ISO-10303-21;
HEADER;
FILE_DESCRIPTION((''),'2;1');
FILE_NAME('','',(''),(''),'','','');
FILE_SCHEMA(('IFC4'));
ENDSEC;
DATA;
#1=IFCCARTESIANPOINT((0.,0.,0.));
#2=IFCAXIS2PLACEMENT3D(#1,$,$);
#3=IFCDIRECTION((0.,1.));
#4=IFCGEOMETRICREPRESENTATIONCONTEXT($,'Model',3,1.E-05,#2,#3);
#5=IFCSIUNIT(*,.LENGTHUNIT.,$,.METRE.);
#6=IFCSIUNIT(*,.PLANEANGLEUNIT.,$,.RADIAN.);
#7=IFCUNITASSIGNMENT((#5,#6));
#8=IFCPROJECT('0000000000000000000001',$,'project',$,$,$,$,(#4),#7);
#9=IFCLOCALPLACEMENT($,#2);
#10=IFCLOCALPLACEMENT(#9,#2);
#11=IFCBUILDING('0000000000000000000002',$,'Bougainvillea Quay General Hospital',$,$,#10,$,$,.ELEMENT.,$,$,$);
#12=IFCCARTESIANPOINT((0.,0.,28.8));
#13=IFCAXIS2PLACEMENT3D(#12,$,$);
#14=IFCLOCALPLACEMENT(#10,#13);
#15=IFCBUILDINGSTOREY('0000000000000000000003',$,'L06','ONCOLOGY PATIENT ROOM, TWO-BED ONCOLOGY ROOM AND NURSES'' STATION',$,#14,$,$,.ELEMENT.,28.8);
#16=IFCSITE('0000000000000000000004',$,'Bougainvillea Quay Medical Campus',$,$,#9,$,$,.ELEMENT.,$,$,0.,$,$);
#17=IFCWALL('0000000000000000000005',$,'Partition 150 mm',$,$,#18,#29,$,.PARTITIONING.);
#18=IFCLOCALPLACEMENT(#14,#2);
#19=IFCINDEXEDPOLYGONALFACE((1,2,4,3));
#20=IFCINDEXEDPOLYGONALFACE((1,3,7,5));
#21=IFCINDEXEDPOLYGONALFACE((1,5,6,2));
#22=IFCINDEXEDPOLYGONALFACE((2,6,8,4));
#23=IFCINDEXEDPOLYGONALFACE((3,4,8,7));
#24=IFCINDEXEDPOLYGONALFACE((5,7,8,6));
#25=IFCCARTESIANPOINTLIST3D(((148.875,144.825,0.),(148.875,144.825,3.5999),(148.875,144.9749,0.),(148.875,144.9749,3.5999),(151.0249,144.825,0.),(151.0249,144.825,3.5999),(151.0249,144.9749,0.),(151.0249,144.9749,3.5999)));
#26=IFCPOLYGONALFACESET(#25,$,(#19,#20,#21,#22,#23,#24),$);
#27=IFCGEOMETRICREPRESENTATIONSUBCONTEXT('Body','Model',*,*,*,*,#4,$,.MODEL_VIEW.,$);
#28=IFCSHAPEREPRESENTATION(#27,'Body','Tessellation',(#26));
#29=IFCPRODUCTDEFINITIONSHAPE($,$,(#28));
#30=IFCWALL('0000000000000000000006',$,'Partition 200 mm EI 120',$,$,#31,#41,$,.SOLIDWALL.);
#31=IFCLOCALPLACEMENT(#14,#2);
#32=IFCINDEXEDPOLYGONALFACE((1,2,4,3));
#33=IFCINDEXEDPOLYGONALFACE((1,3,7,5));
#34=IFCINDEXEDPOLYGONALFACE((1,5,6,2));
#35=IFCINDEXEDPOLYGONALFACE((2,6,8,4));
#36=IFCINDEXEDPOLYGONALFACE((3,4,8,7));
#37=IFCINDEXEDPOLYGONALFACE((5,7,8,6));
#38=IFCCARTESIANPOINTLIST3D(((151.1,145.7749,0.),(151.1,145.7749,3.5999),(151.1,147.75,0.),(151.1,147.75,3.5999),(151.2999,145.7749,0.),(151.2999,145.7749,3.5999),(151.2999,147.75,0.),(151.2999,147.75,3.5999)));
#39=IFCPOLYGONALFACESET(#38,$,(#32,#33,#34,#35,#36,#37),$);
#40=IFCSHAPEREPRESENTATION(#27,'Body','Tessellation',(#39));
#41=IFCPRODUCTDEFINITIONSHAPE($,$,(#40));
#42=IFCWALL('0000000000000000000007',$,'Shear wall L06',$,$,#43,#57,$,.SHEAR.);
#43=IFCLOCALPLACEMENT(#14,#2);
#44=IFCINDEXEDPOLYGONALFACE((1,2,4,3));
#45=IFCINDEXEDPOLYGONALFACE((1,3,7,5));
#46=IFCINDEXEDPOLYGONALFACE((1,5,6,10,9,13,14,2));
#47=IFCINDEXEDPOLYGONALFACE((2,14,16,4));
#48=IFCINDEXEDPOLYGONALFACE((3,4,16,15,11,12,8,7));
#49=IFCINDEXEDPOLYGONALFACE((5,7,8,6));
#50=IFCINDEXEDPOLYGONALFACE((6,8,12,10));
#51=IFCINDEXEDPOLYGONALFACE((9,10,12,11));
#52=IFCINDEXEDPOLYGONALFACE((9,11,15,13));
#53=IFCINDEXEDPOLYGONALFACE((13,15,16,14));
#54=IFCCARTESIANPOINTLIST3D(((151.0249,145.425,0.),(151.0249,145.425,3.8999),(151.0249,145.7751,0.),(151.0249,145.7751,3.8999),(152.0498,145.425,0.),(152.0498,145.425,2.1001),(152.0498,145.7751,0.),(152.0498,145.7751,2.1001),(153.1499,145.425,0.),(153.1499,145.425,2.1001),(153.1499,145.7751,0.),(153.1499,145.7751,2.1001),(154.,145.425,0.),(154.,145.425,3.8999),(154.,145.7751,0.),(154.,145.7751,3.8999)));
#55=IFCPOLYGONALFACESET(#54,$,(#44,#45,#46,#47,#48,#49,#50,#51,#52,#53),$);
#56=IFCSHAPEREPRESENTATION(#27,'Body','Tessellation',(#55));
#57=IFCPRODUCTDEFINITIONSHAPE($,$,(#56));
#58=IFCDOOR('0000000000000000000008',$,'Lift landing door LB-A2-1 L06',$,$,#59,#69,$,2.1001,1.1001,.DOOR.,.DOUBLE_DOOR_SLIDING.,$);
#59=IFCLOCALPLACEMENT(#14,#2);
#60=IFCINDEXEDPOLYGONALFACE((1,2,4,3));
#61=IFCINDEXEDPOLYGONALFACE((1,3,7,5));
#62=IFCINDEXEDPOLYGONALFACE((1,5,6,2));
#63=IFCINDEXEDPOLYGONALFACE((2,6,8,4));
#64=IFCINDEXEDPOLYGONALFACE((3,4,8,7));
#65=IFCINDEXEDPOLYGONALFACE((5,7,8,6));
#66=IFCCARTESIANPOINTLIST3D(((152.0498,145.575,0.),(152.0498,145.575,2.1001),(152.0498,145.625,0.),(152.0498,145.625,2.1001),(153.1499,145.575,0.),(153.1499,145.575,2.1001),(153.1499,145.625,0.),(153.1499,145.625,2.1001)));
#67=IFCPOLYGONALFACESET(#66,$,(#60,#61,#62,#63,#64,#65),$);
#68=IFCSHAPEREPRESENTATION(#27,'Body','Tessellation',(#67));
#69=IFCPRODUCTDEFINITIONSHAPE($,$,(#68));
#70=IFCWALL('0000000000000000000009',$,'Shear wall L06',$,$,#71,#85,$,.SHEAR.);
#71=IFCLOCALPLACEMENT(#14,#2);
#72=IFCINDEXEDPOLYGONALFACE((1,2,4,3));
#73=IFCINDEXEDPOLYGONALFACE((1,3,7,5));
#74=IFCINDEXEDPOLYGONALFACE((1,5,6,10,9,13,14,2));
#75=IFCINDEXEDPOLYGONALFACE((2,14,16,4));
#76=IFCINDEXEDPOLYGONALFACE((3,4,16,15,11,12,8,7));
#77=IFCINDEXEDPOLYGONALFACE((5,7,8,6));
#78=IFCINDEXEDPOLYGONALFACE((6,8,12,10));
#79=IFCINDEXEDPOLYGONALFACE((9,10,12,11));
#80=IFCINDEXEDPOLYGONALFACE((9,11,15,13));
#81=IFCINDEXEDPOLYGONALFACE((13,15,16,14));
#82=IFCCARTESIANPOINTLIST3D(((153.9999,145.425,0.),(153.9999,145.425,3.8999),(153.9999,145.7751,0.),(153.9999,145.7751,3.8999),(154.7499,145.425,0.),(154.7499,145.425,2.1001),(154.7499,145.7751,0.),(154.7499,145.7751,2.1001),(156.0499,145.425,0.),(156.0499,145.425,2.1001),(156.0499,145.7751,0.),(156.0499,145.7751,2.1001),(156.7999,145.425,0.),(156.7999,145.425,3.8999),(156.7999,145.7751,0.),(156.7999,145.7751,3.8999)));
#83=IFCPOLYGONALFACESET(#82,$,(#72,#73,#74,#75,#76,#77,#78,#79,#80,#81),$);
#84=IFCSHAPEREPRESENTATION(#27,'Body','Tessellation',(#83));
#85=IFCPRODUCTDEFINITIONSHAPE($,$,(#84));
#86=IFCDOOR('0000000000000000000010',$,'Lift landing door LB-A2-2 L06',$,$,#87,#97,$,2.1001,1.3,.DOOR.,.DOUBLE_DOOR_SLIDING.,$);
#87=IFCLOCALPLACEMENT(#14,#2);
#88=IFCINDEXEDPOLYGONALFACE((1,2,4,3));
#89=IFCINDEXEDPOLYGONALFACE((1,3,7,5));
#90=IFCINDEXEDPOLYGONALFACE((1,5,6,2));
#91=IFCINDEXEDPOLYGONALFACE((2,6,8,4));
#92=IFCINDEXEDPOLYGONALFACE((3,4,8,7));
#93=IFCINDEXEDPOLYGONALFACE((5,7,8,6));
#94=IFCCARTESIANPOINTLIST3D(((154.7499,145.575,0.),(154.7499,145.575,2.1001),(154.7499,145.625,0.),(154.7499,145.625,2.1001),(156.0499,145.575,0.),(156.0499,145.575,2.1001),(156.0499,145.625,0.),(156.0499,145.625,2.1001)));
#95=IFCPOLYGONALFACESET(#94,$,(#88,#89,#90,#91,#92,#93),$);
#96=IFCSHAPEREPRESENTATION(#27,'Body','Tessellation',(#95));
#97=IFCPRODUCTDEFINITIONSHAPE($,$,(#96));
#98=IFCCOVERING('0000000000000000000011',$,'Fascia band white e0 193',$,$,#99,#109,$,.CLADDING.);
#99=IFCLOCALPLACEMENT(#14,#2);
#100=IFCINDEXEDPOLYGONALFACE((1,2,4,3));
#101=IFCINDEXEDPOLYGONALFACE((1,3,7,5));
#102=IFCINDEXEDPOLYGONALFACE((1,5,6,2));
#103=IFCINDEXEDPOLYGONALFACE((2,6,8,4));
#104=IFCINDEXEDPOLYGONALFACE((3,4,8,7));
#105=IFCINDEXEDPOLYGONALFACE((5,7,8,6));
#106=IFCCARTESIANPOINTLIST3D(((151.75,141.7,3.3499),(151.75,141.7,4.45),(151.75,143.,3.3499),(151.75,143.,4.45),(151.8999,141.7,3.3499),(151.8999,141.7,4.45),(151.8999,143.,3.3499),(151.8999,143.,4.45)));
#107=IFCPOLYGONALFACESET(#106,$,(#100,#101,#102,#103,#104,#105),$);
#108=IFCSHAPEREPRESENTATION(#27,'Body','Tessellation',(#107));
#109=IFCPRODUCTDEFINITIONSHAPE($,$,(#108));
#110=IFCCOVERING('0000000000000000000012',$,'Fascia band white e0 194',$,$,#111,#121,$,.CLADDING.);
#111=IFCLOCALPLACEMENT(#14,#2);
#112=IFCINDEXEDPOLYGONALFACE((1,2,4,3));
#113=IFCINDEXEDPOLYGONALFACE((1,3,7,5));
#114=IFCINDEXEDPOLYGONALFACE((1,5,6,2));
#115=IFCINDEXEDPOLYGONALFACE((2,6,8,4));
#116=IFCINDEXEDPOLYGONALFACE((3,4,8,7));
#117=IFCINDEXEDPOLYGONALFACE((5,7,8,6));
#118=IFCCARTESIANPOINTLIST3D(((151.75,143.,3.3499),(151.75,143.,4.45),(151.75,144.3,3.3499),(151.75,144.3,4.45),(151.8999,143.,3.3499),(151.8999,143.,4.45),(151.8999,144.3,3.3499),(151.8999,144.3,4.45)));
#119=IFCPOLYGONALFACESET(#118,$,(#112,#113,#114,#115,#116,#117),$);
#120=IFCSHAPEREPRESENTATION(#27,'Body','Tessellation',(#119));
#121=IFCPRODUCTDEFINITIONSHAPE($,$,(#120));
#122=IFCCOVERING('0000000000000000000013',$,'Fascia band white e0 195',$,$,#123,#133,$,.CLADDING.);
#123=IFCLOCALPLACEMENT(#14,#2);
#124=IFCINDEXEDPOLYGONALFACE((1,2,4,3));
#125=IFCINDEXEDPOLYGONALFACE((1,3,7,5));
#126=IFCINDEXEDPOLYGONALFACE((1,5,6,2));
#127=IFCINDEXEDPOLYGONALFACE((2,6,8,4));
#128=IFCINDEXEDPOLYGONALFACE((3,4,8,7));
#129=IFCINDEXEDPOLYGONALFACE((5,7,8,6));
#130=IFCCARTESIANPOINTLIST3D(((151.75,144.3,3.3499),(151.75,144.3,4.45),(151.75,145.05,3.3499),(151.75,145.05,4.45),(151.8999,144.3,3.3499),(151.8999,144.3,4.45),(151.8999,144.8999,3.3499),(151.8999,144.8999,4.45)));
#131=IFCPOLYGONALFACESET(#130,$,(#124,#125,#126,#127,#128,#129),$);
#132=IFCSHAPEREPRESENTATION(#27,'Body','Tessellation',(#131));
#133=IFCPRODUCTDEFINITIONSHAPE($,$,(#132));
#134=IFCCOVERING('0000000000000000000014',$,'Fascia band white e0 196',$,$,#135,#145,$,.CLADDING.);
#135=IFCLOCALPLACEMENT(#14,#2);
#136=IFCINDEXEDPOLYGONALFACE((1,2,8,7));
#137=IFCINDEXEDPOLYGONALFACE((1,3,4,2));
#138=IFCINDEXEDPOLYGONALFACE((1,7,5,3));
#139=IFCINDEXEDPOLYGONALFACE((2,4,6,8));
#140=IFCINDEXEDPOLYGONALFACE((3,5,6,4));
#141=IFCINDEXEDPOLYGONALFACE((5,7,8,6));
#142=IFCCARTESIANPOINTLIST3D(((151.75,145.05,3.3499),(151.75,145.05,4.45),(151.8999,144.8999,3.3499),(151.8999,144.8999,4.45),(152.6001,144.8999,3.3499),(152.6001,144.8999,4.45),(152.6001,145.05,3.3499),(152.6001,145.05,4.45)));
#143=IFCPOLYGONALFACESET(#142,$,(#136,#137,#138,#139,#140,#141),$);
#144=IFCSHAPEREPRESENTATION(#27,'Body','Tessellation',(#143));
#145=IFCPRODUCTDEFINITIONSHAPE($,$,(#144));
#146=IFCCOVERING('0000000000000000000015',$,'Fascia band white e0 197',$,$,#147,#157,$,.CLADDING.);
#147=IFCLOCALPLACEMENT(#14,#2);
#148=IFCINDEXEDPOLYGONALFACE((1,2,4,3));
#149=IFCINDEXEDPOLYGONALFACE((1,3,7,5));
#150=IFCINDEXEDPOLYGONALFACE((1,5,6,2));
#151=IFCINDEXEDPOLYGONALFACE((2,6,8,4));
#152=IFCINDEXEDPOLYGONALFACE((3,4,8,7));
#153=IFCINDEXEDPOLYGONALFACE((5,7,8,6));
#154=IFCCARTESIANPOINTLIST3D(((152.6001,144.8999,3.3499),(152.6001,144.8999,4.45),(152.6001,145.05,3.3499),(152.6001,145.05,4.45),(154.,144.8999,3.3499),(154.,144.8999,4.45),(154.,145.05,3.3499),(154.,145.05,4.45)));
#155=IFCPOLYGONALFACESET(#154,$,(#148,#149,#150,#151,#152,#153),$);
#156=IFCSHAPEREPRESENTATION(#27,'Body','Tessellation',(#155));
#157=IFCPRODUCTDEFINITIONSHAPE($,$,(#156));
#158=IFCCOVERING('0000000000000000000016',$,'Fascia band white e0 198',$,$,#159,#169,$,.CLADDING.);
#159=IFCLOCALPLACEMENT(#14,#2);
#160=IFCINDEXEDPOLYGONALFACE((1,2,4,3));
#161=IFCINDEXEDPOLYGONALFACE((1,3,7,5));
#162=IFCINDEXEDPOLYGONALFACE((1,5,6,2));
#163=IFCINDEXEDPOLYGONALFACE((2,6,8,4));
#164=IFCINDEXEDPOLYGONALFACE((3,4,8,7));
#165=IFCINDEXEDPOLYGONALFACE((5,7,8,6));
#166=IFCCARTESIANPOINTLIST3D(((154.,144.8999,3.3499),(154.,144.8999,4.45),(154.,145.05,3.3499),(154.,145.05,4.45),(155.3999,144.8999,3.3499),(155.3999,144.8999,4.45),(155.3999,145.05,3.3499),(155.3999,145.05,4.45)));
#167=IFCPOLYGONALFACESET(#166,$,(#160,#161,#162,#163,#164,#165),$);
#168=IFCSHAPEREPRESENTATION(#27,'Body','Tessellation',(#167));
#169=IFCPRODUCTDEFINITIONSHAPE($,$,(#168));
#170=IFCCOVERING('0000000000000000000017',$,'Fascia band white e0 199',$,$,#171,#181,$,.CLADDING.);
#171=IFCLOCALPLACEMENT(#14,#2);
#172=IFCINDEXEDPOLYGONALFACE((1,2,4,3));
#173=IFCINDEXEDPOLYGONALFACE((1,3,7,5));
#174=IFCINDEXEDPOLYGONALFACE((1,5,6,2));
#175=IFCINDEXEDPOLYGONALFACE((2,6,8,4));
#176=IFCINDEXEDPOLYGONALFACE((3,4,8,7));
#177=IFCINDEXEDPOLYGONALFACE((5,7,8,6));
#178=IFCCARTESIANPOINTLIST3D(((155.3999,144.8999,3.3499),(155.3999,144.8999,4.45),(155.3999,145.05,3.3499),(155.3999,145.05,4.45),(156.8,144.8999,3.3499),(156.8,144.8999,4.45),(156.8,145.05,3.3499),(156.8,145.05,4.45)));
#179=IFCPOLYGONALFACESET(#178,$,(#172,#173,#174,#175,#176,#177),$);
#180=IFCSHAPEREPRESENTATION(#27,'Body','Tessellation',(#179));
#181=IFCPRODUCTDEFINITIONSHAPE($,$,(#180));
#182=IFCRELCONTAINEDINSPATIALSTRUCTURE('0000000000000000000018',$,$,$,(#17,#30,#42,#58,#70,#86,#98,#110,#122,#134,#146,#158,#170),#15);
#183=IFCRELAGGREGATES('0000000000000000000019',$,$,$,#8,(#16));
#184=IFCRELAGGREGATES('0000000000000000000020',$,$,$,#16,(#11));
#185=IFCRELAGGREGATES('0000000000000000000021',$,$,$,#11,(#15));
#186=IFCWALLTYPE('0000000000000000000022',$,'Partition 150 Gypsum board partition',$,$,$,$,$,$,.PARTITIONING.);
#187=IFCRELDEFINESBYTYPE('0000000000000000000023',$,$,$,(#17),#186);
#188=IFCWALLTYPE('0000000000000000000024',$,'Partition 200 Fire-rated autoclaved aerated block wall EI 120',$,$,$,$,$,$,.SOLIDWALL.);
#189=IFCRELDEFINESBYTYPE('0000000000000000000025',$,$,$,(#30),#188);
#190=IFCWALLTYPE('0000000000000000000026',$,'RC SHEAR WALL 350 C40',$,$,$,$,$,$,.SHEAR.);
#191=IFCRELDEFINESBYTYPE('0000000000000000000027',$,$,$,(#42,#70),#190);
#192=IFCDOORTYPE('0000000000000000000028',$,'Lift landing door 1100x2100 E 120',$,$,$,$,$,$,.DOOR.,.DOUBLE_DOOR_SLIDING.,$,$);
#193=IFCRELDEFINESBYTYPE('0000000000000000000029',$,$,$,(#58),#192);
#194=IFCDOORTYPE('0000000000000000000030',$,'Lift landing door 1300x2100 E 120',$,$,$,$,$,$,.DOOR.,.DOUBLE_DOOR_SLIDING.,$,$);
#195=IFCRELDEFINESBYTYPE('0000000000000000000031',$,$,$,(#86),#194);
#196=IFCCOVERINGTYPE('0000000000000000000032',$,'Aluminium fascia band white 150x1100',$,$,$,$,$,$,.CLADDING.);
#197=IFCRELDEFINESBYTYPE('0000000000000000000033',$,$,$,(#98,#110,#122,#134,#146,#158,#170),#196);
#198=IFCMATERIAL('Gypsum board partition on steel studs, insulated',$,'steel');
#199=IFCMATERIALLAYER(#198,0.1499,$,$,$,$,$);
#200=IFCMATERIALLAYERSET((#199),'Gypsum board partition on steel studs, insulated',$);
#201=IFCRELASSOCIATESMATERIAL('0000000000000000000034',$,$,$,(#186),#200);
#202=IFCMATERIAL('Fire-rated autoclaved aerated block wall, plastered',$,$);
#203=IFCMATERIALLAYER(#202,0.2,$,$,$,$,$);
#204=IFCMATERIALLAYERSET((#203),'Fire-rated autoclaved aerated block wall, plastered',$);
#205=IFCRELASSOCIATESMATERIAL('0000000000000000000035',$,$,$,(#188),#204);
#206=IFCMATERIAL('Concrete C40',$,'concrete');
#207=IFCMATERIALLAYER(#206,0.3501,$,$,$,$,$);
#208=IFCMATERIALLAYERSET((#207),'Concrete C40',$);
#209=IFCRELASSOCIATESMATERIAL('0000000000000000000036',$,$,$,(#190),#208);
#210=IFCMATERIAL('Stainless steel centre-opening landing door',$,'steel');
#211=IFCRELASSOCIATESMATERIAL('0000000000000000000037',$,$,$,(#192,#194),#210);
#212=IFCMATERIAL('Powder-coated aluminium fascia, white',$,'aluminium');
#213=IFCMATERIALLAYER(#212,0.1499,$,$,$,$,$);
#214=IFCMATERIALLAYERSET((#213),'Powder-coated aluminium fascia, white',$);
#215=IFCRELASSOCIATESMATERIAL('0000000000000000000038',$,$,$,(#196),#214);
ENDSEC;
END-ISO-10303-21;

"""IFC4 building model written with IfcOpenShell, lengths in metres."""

from ifc_helpers import new_model, si_unit, direction, frame, frame_2d, origin, place, context, subcontext, project, spatial, polyline, rectangle, outline, extrude, material, layer, layer_set, type_object, element, fill, save


model = new_model("IFC4")

# Units and contexts
model_context = context("Model", 3, precision=1e-05, world=origin(), true_north=direction((0.0, 1.0)))
body_context = subcontext(model_context, "Body", "Model", "MODEL_VIEW")
ifc_project = project(units=[si_unit("LENGTHUNIT", "METRE"), si_unit("PLANEANGLEUNIT", "RADIAN")], contexts=[model_context])

# Site, building, storey
site_placement = place(None, origin())
site = spatial("IfcSite", under=ifc_project, at=site_placement, Name="Bougainvillea Quay Medical Campus", CompositionType="ELEMENT", RefElevation=0.0)
building_placement = place(site_placement, origin())
building = spatial("IfcBuilding", under=site, at=building_placement, Name="Bougainvillea Quay General Hospital", CompositionType="ELEMENT")
storey_placement = place(building_placement, frame((0.0, 0.0, 28.8)))
storey = spatial("IfcBuildingStorey", under=building, at=storey_placement, Name="L06", Description="ONCOLOGY PATIENT ROOM, TWO-BED ONCOLOGY ROOM AND NURSES' STATION", CompositionType="ELEMENT", Elevation=28.8)

# Walls
ifc_material_1 = material(Name="Gypsum board partition on steel studs, insulated", Category="steel")
ifc_layer_1 = layer(ifc_material_1, 0.1499)
ifc_layer_set_1 = layer_set([ifc_layer_1], Name="Gypsum board partition on steel studs, insulated")
wall_type_1 = type_object("IfcWallType", Name="Partition 150 Gypsum board partition", PredefinedType="PARTITIONING", material=ifc_layer_set_1)
wall_1_placement = place(storey_placement, frame((148.875, 144.8999, 0.0), z_axis=(0.0, 0.0, 1.0), x_axis=(1.0, 0.0, 0.0)))
element("IfcWall", 1, at=wall_1_placement, inside=storey, type_object=wall_type_1, Name="Partition 150 mm", PredefinedType="PARTITIONING", context=body_context, shape_type="SweptSolid", body=[
    extrude(rectangle(XDim=2.1499, YDim=0.1499, at=frame_2d((1.075, 0.0))), origin(), (0.0, 0.0, 1.0), 3.5999),
])
ifc_material_2 = material(Name="Fire-rated autoclaved aerated block wall, plastered")
ifc_layer_2 = layer(ifc_material_2, 0.2)
ifc_layer_set_2 = layer_set([ifc_layer_2], Name="Fire-rated autoclaved aerated block wall, plastered")
wall_type_2 = type_object("IfcWallType", Name="Partition 200 Fire-rated autoclaved aerated block wall EI 120", PredefinedType="SOLIDWALL", material=ifc_layer_set_2)
wall_2_placement = place(storey_placement, frame((151.2, 145.7749, 0.0), z_axis=(0.0, 0.0, 1.0), x_axis=(0.0, 1.0, 0.0)))
element("IfcWall", 2, at=wall_2_placement, inside=storey, type_object=wall_type_2, Name="Partition 200 mm EI 120", PredefinedType="SOLIDWALL", context=body_context, shape_type="SweptSolid", body=[
    extrude(rectangle(XDim=1.9751, YDim=0.2, at=frame_2d((0.9875, 0.0))), origin(), (0.0, 0.0, 1.0), 3.5999),
])

# Walls, openings, doors
ifc_material_3 = material(Name="Concrete C40", Category="concrete")
ifc_layer_3 = layer(ifc_material_3, 0.3501)
ifc_layer_set_3 = layer_set([ifc_layer_3], Name="Concrete C40")
wall_type_3 = type_object("IfcWallType", Name="RC SHEAR WALL 350 C40", PredefinedType="SHEAR", material=ifc_layer_set_3)
wall_3_placement = place(storey_placement, frame((151.0249, 145.6001, 0.0), z_axis=(0.0, 0.0, 1.0), x_axis=(1.0, 0.0, 0.0)))
wall_3 = element("IfcWall", 3, at=wall_3_placement, inside=storey, type_object=wall_type_3, Name="Shear wall L06", PredefinedType="SHEAR", context=body_context, shape_type="SweptSolid", body=[
    extrude(rectangle(XDim=2.9751, YDim=0.3501, at=frame_2d((1.4875, 0.0))), origin(), (0.0, 0.0, 1.0), 3.8999),
])
opening_1_placement = place(wall_3_placement, frame((1.0249, 0.0, 0.0)))
opening_1 = element("IfcOpeningElement", 4, at=opening_1_placement, cuts=wall_3, PredefinedType="OPENING", context=body_context, shape_type="SweptSolid", body=[
    extrude(rectangle(XDim=1.1001, YDim=2.1001, at=frame_2d((0.55, 1.05))), frame((0.0, 0.1851, 0.0), z_axis=(0.0, -1.0, 0.0), x_axis=(1.0, 0.0, 0.0)), (0.0, 0.0, 1.0), 0.3701),
])
ifc_material_4 = material(Name="Stainless steel centre-opening landing door", Category="steel")
door_type_1 = type_object("IfcDoorType", Name="Lift landing door 1100x2100 E 120", OperationType="DOUBLE_DOOR_SLIDING", PredefinedType="DOOR", material=ifc_material_4)
door_1_placement = place(opening_1_placement, origin())
door_1 = element("IfcDoor", 5, at=door_1_placement, inside=storey, type_object=door_type_1, Name="Lift landing door LB-A2-1 L06", OperationType="DOUBLE_DOOR_SLIDING", OverallHeight=2.1001, OverallWidth=1.1001, PredefinedType="DOOR", context=body_context, shape_type="SweptSolid", body=[
    extrude(rectangle(XDim=1.1001, YDim=2.1001, at=frame_2d((0.55, 1.05))), frame((0.0, 0.0249, 0.0), z_axis=(0.0, -1.0, 0.0), x_axis=(1.0, 0.0, 0.0)), (0.0, 0.0, 1.0), 0.05),
])
fill(opening_1, door_1)
wall_4_placement = place(storey_placement, frame((154.0, 145.6001, 0.0), z_axis=(0.0, 0.0, 1.0), x_axis=(1.0, 0.0, 0.0)))
wall_4 = element("IfcWall", 6, at=wall_4_placement, inside=storey, type_object=wall_type_3, Name="Shear wall L06", PredefinedType="SHEAR", context=body_context, shape_type="SweptSolid", body=[
    extrude(rectangle(XDim=2.8, YDim=0.3501, at=frame_2d((1.3999, 0.0))), origin(), (0.0, 0.0, 1.0), 3.8999),
])
opening_2_placement = place(wall_4_placement, frame((0.75, 0.0, 0.0)))
opening_2 = element("IfcOpeningElement", 7, at=opening_2_placement, cuts=wall_4, PredefinedType="OPENING", context=body_context, shape_type="SweptSolid", body=[
    extrude(rectangle(XDim=1.3, YDim=2.1001, at=frame_2d((0.6499, 1.05))), frame((0.0, 0.1851, 0.0), z_axis=(0.0, -1.0, 0.0), x_axis=(1.0, 0.0, 0.0)), (0.0, 0.0, 1.0), 0.3701),
])
door_type_2 = type_object("IfcDoorType", Name="Lift landing door 1300x2100 E 120", OperationType="DOUBLE_DOOR_SLIDING", PredefinedType="DOOR", material=ifc_material_4)
door_2_placement = place(opening_2_placement, origin())
door_2 = element("IfcDoor", 8, at=door_2_placement, inside=storey, type_object=door_type_2, Name="Lift landing door LB-A2-2 L06", OperationType="DOUBLE_DOOR_SLIDING", OverallHeight=2.1001, OverallWidth=1.3, PredefinedType="DOOR", context=body_context, shape_type="SweptSolid", body=[
    extrude(rectangle(XDim=1.3, YDim=2.1001, at=frame_2d((0.6499, 1.05))), frame((0.0, 0.0249, 0.0), z_axis=(0.0, -1.0, 0.0), x_axis=(1.0, 0.0, 0.0)), (0.0, 0.0, 1.0), 0.05),
])
fill(opening_2, door_2)

# Coverings
ifc_material_5 = material(Name="Powder-coated aluminium fascia, white", Category="aluminium")
ifc_layer_4 = layer(ifc_material_5, 0.1499)
ifc_layer_set_4 = layer_set([ifc_layer_4], Name="Powder-coated aluminium fascia, white")
covering_type = type_object("IfcCoveringType", Name="Aluminium fascia band white 150x1100", PredefinedType="CLADDING", material=ifc_layer_set_4)
for number, where, z_axis, x_axis, name in (
    (9, (151.75, 141.7, 3.3499), (0.0, 0.0, 1.0), (0.0, 1.0, 0.0), "Fascia band white e0 193"),
    (10, (151.75, 143.0, 3.3499), (0.0, 0.0, 1.0), (0.0, 1.0, 0.0), "Fascia band white e0 194"),
):
    element("IfcCovering", number, at=place(storey_placement, frame(where, z_axis=z_axis, x_axis=x_axis)), inside=storey, type_object=covering_type, Name=name, PredefinedType="CLADDING", context=body_context, shape_type="SweptSolid", body=[
        extrude(outline(polyline([(0.0, 0.0), (1.3, 0.0), (1.3, -0.1499), (0.0, -0.1499), (0.0, 0.0)])), origin(), (0.0, 0.0, 1.0), 1.1001),
    ])
covering_1_placement = place(storey_placement, frame((151.75, 144.3, 3.3499), z_axis=(0.0, 0.0, 1.0), x_axis=(0.0, 1.0, 0.0)))
element("IfcCovering", 11, at=covering_1_placement, inside=storey, type_object=covering_type, Name="Fascia band white e0 195", PredefinedType="CLADDING", context=body_context, shape_type="SweptSolid", body=[
    extrude(outline(polyline([(0.0, 0.0), (0.75, 0.0), (0.5999, -0.1499), (0.0, -0.1499), (0.0, 0.0)])), origin(), (0.0, 0.0, 1.0), 1.1001),
])
covering_2_placement = place(storey_placement, frame((151.75, 145.05, 3.3499), z_axis=(0.0, 0.0, 1.0), x_axis=(1.0, 0.0, 0.0)))
element("IfcCovering", 12, at=covering_2_placement, inside=storey, type_object=covering_type, Name="Fascia band white e0 196", PredefinedType="CLADDING", context=body_context, shape_type="SweptSolid", body=[
    extrude(outline(polyline([(0.0, 0.0), (0.8501, 0.0), (0.8501, -0.1501), (0.1499, -0.1501), (0.0, 0.0)])), origin(), (0.0, 0.0, 1.0), 1.1001),
])
for number, where, z_axis, x_axis, name in (
    (13, (152.6001, 145.05, 3.3499), (0.0, 0.0, 1.0), (1.0, 0.0, 0.0), "Fascia band white e0 197"),
    (14, (154.0, 145.05, 3.3499), (0.0, 0.0, 1.0), (1.0, 0.0, 0.0), "Fascia band white e0 198"),
):
    element("IfcCovering", number, at=place(storey_placement, frame(where, z_axis=z_axis, x_axis=x_axis)), inside=storey, type_object=covering_type, Name=name, PredefinedType="CLADDING", context=body_context, shape_type="SweptSolid", body=[
        extrude(outline(polyline([(0.0, 0.0), (1.3999, 0.0), (1.3999, -0.1501), (0.0, -0.1501), (0.0, 0.0)])), origin(), (0.0, 0.0, 1.0), 1.1001),
    ])
covering_3_placement = place(storey_placement, frame((155.3999, 145.05, 3.3499), z_axis=(0.0, 0.0, 1.0), x_axis=(1.0, 0.0, 0.0)))
element("IfcCovering", 15, at=covering_3_placement, inside=storey, type_object=covering_type, Name="Fascia band white e0 199", PredefinedType="CLADDING", context=body_context, shape_type="SweptSolid", body=[
    extrude(outline(polyline([(0.0, 0.0), (1.4001, 0.0), (1.4001, -0.1501), (0.0, -0.1501), (0.0, 0.0)])), origin(), (0.0, 0.0, 1.0), 1.1001),
])

save(model, "model.ifc")
